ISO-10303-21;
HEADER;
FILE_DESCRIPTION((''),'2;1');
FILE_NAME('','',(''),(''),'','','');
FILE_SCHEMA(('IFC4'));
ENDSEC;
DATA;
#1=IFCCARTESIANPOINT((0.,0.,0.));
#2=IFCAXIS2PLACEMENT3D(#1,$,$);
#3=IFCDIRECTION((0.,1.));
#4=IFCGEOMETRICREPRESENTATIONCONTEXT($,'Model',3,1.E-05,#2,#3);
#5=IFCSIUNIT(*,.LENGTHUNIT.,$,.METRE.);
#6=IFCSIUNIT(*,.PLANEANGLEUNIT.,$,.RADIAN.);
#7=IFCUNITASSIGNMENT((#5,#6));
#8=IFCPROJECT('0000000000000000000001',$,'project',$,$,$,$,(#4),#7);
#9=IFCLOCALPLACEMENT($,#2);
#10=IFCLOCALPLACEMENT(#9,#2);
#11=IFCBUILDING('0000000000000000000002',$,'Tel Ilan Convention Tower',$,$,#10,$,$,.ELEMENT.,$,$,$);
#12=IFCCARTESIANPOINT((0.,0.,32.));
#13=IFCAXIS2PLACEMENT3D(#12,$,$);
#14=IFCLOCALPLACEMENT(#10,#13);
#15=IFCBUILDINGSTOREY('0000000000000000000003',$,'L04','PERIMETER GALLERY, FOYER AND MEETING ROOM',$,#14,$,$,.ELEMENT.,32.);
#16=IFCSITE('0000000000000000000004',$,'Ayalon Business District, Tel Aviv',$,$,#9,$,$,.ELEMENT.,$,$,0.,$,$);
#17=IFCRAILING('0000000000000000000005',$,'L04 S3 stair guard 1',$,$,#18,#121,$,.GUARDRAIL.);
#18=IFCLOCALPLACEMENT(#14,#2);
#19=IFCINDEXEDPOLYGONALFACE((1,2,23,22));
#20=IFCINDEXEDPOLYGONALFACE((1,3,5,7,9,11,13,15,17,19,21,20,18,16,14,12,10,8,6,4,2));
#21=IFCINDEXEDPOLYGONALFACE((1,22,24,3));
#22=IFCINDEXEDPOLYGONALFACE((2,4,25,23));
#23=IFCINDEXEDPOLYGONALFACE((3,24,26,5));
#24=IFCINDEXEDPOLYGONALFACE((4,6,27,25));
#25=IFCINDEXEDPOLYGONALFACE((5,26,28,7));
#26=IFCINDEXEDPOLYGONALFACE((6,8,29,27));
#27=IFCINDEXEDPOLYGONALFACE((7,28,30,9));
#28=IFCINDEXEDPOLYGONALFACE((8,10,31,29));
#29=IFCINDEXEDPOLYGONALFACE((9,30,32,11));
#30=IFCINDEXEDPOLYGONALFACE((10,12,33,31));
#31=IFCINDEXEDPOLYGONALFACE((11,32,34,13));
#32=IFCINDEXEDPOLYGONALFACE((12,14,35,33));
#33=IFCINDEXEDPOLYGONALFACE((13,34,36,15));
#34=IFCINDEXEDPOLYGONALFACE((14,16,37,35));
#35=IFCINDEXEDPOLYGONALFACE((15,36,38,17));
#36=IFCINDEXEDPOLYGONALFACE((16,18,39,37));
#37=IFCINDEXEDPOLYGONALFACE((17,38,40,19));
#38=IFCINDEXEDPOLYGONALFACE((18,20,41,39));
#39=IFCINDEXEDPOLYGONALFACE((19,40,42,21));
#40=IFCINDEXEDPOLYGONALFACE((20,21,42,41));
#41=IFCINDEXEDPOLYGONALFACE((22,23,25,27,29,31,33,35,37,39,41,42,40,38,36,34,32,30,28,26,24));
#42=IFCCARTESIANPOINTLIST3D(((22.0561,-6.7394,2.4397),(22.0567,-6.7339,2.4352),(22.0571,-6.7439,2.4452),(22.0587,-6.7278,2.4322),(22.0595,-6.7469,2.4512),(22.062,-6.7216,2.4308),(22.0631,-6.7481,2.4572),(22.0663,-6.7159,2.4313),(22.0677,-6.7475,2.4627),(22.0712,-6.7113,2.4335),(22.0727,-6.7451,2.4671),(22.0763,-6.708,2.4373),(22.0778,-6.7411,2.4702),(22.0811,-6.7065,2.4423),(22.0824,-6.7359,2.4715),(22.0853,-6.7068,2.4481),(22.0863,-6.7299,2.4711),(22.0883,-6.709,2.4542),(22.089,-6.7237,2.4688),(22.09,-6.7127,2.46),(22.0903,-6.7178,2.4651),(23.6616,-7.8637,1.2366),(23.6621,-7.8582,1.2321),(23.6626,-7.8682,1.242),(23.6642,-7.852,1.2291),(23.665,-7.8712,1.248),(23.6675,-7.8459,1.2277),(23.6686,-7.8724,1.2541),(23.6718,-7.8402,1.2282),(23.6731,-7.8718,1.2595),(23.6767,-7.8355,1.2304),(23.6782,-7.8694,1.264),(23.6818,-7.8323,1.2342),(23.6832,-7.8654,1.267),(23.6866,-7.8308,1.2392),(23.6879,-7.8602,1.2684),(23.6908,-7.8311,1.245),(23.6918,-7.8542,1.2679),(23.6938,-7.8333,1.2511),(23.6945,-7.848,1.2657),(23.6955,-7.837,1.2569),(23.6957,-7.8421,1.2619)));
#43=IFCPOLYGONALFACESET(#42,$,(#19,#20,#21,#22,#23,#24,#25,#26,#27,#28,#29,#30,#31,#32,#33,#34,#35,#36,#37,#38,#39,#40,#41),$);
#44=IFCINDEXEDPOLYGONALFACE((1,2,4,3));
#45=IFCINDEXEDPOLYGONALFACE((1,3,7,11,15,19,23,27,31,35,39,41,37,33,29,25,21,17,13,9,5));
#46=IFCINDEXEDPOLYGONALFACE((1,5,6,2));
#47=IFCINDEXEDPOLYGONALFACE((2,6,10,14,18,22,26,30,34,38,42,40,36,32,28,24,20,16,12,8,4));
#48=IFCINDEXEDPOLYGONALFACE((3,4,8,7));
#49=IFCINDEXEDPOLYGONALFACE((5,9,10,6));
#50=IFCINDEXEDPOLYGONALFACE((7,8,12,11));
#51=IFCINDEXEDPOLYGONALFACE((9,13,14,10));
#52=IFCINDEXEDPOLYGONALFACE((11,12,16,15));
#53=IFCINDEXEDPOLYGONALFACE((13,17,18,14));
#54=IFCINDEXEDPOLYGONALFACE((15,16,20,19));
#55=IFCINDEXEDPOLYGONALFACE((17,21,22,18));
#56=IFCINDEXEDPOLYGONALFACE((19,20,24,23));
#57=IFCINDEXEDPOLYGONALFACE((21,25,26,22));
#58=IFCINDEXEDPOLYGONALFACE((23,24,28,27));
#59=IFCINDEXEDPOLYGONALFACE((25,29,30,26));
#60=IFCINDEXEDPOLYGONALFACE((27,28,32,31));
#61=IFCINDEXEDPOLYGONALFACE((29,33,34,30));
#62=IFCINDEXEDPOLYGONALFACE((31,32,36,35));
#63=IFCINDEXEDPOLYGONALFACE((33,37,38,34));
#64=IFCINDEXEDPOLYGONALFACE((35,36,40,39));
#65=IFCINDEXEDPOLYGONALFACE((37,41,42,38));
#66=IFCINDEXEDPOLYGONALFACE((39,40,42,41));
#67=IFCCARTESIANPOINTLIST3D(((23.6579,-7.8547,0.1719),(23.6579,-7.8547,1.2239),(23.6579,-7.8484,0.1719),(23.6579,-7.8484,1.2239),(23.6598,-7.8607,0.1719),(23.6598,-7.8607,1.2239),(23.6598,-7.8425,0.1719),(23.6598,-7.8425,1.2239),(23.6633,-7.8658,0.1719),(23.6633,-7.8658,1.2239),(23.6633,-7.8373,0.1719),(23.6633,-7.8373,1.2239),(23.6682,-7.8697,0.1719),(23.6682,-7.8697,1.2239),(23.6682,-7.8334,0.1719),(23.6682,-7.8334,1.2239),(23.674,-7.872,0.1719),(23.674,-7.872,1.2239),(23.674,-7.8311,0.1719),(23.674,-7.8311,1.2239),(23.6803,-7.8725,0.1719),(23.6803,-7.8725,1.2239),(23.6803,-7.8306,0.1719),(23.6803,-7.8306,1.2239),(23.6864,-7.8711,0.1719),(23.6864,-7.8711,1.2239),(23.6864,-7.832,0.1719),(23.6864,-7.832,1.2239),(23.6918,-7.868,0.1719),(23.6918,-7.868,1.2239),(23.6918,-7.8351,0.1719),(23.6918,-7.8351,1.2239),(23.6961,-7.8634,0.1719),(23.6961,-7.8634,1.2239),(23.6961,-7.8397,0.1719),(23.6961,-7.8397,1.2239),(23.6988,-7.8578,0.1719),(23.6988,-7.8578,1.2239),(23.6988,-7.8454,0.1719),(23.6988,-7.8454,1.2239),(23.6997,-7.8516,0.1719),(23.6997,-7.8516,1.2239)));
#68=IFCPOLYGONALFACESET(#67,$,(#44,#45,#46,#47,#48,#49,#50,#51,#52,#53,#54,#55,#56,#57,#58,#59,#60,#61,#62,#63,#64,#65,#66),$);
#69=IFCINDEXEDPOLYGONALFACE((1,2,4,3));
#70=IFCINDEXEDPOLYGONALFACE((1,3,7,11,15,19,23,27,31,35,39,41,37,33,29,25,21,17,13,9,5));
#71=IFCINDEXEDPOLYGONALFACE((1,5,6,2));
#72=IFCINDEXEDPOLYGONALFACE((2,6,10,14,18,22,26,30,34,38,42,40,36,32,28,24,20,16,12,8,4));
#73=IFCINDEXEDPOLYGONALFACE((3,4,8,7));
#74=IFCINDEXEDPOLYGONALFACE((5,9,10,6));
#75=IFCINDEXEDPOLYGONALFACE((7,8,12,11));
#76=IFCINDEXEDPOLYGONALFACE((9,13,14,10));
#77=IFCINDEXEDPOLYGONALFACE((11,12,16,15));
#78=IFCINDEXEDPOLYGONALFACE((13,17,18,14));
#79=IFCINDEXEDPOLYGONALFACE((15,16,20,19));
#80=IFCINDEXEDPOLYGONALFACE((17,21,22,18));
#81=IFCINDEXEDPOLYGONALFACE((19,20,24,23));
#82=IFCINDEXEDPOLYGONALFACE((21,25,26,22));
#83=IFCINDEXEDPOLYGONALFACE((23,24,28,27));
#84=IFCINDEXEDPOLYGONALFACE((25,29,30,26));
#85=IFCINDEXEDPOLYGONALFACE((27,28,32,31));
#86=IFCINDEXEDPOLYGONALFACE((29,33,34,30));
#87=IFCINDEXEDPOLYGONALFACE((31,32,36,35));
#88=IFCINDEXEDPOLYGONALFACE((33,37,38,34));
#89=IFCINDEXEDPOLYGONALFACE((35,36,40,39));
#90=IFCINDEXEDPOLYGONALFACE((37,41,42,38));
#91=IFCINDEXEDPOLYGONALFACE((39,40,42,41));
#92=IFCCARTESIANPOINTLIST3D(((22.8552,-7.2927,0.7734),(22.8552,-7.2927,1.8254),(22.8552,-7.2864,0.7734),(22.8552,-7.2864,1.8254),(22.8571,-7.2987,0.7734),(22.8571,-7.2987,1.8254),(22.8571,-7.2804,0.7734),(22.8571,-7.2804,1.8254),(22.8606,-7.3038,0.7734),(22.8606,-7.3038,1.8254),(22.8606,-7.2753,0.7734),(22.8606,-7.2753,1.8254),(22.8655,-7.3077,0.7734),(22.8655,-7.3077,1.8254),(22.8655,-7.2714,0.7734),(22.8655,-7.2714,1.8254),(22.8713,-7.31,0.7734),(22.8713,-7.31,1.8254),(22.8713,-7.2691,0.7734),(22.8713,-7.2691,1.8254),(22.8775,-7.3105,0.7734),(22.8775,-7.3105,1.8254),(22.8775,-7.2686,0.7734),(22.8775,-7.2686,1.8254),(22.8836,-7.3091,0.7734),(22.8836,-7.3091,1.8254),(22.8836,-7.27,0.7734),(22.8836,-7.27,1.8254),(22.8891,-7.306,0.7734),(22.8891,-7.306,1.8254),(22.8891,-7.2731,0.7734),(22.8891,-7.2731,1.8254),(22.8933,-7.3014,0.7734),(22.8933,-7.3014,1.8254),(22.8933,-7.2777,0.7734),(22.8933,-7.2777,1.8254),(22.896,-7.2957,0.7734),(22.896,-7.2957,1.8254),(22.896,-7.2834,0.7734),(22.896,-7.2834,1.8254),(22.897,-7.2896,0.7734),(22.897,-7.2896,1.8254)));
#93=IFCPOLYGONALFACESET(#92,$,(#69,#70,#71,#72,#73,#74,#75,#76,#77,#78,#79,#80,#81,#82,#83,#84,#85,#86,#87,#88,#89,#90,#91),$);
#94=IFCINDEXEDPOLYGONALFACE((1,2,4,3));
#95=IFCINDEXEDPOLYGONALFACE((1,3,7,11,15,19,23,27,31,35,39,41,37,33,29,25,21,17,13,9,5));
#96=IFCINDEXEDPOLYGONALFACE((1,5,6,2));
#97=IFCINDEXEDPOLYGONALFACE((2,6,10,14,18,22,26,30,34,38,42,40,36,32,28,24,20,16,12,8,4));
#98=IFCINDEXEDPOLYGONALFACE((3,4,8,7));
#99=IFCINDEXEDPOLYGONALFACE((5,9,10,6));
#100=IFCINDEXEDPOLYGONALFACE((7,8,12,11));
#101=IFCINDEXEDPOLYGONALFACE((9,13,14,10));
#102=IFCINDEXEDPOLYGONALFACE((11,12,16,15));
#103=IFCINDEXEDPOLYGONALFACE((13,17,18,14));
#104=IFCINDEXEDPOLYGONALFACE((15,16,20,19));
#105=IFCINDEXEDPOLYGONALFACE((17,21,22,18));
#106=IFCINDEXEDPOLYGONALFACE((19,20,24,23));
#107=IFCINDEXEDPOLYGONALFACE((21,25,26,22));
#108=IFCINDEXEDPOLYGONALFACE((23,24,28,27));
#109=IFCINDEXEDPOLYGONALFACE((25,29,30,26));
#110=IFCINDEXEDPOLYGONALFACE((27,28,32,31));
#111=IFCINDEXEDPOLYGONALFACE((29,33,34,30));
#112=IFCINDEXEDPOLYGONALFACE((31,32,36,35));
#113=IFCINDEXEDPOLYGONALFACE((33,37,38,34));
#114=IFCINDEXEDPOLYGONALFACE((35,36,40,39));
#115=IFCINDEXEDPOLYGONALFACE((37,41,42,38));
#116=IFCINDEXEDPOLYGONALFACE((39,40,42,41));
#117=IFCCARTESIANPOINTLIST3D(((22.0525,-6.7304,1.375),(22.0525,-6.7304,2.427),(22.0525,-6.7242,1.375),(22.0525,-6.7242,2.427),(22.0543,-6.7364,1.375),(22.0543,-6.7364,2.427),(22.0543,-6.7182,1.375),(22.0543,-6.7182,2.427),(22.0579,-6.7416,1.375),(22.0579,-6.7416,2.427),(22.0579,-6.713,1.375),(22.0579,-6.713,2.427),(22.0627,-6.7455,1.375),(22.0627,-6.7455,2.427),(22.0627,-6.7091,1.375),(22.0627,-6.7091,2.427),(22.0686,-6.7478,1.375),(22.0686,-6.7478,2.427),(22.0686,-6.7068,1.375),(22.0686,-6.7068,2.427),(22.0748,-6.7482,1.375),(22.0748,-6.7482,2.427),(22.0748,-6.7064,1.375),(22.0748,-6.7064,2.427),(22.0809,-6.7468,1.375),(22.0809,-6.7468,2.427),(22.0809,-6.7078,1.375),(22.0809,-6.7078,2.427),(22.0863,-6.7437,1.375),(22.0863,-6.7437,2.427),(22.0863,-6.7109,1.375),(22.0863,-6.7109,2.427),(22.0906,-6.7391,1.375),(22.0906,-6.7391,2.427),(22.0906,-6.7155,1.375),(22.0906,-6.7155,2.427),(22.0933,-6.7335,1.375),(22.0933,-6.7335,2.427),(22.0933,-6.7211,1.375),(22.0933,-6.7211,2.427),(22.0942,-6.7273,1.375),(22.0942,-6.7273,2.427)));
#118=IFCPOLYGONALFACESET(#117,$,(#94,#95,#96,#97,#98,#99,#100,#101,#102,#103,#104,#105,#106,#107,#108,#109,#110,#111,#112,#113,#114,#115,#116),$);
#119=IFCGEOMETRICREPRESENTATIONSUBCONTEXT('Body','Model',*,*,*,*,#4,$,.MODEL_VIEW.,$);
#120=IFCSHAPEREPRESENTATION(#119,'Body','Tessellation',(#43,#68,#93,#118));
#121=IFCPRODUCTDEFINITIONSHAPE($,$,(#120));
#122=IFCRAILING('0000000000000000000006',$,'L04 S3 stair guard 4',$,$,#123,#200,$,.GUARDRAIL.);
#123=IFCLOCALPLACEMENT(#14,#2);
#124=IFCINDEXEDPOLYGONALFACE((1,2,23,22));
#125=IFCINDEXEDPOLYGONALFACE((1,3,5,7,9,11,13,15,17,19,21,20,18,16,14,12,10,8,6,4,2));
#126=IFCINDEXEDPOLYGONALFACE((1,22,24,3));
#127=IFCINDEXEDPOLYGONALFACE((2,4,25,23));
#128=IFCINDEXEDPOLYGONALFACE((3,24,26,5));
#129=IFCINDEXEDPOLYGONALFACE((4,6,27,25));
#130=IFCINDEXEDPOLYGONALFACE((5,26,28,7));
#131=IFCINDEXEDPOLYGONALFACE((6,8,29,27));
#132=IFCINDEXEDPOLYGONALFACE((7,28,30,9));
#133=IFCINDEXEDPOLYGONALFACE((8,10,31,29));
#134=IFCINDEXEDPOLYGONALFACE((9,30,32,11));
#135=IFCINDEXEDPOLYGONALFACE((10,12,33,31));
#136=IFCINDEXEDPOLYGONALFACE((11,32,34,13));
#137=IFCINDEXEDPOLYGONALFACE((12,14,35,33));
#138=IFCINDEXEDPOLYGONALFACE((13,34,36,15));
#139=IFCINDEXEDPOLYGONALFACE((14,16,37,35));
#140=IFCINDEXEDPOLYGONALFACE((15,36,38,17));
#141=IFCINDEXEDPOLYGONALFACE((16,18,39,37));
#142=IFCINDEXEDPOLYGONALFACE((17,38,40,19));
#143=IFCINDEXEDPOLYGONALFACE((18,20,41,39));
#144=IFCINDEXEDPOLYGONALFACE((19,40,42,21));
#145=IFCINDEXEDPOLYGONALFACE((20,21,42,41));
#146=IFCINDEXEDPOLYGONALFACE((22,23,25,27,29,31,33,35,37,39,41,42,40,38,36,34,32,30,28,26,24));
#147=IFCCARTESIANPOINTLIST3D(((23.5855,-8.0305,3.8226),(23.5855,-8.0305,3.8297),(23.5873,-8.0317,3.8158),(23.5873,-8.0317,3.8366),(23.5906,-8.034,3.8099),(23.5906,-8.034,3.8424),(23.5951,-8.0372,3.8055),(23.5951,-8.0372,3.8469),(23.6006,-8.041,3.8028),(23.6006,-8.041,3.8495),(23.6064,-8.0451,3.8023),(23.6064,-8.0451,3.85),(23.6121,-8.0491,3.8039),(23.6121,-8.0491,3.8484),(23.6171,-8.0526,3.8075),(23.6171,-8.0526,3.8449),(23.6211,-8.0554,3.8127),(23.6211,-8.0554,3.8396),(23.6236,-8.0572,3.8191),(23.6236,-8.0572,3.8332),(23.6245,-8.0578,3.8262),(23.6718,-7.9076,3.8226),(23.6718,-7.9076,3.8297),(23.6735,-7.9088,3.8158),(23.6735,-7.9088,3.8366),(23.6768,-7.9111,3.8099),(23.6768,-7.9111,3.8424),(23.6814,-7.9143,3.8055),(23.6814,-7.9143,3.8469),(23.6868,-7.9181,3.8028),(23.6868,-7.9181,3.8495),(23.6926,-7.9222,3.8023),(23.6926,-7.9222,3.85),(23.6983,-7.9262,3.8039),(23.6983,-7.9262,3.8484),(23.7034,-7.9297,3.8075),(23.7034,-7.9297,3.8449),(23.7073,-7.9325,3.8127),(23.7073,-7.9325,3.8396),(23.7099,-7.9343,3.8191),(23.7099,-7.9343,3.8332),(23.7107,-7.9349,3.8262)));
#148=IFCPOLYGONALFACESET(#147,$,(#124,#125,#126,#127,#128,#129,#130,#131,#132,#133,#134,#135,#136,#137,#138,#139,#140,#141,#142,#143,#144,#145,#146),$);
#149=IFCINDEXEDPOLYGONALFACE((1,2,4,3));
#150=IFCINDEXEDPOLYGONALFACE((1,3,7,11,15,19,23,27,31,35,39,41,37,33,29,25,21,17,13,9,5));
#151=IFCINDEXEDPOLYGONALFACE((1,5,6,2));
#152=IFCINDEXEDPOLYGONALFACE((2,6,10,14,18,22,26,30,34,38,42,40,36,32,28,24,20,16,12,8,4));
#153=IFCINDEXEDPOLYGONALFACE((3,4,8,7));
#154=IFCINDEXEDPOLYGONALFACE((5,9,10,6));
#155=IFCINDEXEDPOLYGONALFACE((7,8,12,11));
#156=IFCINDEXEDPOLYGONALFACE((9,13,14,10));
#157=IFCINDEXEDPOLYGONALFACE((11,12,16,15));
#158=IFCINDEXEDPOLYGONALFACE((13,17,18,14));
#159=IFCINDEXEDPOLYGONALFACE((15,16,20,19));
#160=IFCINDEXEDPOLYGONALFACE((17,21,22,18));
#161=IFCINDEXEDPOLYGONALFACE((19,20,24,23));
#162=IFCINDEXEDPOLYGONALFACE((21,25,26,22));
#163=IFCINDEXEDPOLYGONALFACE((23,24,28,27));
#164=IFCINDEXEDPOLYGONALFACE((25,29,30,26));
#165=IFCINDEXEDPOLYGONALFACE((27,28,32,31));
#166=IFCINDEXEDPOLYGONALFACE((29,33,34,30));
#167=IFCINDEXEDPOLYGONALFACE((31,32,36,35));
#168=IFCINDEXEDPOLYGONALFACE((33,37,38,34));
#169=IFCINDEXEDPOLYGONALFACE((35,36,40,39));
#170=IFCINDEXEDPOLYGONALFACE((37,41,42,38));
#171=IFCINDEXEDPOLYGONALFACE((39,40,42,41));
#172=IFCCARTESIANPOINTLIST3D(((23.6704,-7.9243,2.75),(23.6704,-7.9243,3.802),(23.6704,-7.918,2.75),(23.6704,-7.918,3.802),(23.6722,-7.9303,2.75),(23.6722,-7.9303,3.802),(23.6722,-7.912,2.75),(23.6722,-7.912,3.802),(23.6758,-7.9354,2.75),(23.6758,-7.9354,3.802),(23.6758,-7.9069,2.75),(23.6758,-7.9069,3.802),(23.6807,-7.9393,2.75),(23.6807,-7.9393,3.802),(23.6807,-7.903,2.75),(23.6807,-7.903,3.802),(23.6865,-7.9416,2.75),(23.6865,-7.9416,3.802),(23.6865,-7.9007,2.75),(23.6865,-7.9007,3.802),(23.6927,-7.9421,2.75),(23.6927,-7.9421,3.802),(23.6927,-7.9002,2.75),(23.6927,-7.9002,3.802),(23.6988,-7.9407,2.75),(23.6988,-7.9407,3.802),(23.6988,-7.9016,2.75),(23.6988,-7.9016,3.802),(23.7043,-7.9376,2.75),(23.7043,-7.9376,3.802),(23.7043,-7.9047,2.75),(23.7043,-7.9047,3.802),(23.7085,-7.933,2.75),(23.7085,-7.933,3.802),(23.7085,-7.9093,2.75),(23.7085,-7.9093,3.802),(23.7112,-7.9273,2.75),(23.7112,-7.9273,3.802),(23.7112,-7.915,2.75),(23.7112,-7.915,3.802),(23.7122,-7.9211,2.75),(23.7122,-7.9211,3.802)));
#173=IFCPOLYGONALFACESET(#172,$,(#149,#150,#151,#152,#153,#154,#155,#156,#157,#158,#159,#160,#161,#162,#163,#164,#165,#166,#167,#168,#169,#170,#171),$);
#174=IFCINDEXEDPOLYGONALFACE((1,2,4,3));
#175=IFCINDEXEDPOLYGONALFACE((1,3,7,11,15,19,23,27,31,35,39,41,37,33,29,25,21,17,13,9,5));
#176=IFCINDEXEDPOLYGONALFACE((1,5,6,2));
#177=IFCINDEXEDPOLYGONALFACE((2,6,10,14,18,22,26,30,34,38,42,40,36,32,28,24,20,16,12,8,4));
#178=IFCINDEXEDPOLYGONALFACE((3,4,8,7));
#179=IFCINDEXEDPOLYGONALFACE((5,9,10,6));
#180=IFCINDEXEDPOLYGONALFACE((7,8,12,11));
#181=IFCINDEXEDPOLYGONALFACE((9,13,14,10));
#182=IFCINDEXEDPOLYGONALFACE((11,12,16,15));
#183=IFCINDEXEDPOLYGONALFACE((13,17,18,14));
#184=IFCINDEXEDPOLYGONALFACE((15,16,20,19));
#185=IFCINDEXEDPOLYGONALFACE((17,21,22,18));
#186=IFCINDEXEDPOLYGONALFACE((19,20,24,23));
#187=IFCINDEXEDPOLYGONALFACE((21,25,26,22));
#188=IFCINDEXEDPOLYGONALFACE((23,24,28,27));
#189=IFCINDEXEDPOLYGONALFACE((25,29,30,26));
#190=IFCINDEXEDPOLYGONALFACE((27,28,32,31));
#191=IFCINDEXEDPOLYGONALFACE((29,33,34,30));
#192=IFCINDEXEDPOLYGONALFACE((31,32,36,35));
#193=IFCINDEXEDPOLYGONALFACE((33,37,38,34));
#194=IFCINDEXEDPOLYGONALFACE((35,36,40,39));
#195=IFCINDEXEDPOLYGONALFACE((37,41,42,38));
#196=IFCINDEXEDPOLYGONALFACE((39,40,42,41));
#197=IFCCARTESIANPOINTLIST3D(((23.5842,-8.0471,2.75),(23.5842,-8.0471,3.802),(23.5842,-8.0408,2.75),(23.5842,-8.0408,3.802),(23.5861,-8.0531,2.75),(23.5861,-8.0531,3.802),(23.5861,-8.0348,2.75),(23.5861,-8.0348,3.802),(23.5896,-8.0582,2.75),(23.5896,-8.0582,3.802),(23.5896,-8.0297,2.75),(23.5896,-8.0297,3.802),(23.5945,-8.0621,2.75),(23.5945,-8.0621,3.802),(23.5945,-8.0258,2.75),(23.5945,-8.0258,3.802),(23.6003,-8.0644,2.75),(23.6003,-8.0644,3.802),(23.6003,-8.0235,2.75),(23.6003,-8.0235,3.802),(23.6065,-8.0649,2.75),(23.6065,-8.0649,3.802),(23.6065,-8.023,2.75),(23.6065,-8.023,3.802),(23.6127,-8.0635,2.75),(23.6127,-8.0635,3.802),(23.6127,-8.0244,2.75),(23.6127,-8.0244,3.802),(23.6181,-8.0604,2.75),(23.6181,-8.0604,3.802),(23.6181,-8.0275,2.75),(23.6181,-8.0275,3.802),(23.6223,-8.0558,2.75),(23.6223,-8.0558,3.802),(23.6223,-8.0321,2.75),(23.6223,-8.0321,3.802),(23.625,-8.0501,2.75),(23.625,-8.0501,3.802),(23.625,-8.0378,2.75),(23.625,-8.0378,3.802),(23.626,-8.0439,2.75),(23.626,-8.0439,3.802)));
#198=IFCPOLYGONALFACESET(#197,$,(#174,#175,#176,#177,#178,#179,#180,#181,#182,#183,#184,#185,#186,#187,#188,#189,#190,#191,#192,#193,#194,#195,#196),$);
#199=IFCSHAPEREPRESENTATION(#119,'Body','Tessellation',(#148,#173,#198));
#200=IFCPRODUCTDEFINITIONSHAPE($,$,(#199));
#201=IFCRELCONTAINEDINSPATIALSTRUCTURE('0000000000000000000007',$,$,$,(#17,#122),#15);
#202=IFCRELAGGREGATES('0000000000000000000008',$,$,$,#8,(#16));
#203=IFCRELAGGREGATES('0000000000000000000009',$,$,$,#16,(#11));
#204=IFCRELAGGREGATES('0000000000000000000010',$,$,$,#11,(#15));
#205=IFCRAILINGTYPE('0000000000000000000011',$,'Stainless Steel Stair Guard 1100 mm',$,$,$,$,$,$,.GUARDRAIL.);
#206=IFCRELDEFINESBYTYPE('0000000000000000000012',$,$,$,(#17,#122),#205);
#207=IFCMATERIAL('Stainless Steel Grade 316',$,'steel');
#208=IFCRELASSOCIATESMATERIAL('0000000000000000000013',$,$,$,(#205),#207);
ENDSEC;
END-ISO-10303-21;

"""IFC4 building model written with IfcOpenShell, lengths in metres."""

from ifc_helpers import new_model, si_unit, direction, frame, origin, origin_2d, place, context, subcontext, project, spatial, circle, extrude, material, type_object, element, save


model = new_model("IFC4")

# Units and contexts
model_context = context("Model", 3, precision=1e-05, world=origin(), true_north=direction((0.0, 1.0)))
body_context = subcontext(model_context, "Body", "Model", "MODEL_VIEW")
ifc_project = project(units=[si_unit("LENGTHUNIT", "METRE"), si_unit("PLANEANGLEUNIT", "RADIAN")], contexts=[model_context])

# Site, building, storey
site_placement = place(None, origin())
site = spatial("IfcSite", under=ifc_project, at=site_placement, Name="Ayalon Business District, Tel Aviv", CompositionType="ELEMENT", RefElevation=0.0)
building_placement = place(site_placement, origin())
building = spatial("IfcBuilding", under=site, at=building_placement, Name="Tel Ilan Convention Tower", CompositionType="ELEMENT")
storey_placement = place(building_placement, frame((0.0, 0.0, 32.0)))
storey = spatial("IfcBuildingStorey", under=building, at=storey_placement, Name="L04", Description="PERIMETER GALLERY, FOYER AND MEETING ROOM", CompositionType="ELEMENT", Elevation=32.0)

# Railings
ifc_material_1 = material(Name="Stainless Steel Grade 316", Category="steel")
railing_type_1 = type_object("IfcRailingType", Name="Stainless Steel Stair Guard 1100 mm", PredefinedType="GUARDRAIL", material=ifc_material_1)
railing_1_placement = place(storey_placement, frame((23.6787, -7.8516, 0.1719)))
element("IfcRailing", 1, at=railing_1_placement, inside=storey, type_object=railing_type_1, Name="L04 S3 stair guard 1", PredefinedType="GUARDRAIL", context=body_context, shape_type="SweptSolid", body=[
    extrude(circle(Radius=0.0239, at=origin_2d()), frame((0.0, 0.0, 1.0762), z_axis=(-0.698095, 0.488857, 0.523146), x_axis=(-0.573613, -0.819127, 0.0)), (0.0, 0.0, 1.0), 2.2998),
    extrude(circle(Radius=0.021, at=origin_2d()), origin(), (0.0, 0.0, 1.0), 1.052),
    extrude(circle(Radius=0.021, at=origin_2d()), frame((-0.8027, 0.562, 0.6016)), (0.0, 0.0, 1.0), 1.052),
    extrude(circle(Radius=0.021, at=origin_2d()), frame((-1.6055, 1.1243, 1.2031)), (0.0, 0.0, 1.0), 1.052),
])
railing_2_placement = place(storey_placement, frame((23.6912, -7.9211, 2.75)))
element("IfcRailing", 2, at=railing_2_placement, inside=storey, type_object=railing_type_1, Name="L04 S3 stair guard 4", PredefinedType="GUARDRAIL", context=body_context, shape_type="SweptSolid", body=[
    extrude(circle(Radius=0.0239, at=origin_2d()), frame((0.0, 0.0, 1.0762), z_axis=(-0.574445, -0.818543, 0.0), x_axis=(0.818543, -0.574445, 0.0)), (0.0, 0.0, 1.0), 0.1501),
    extrude(circle(Radius=0.021, at=origin_2d()), origin(), (0.0, 0.0, 1.0), 1.052),
    extrude(circle(Radius=0.021, at=origin_2d()), frame((-0.0862, -0.1228, 0.0)), (0.0, 0.0, 1.0), 1.052),
])

save(model, "model.ifc")
